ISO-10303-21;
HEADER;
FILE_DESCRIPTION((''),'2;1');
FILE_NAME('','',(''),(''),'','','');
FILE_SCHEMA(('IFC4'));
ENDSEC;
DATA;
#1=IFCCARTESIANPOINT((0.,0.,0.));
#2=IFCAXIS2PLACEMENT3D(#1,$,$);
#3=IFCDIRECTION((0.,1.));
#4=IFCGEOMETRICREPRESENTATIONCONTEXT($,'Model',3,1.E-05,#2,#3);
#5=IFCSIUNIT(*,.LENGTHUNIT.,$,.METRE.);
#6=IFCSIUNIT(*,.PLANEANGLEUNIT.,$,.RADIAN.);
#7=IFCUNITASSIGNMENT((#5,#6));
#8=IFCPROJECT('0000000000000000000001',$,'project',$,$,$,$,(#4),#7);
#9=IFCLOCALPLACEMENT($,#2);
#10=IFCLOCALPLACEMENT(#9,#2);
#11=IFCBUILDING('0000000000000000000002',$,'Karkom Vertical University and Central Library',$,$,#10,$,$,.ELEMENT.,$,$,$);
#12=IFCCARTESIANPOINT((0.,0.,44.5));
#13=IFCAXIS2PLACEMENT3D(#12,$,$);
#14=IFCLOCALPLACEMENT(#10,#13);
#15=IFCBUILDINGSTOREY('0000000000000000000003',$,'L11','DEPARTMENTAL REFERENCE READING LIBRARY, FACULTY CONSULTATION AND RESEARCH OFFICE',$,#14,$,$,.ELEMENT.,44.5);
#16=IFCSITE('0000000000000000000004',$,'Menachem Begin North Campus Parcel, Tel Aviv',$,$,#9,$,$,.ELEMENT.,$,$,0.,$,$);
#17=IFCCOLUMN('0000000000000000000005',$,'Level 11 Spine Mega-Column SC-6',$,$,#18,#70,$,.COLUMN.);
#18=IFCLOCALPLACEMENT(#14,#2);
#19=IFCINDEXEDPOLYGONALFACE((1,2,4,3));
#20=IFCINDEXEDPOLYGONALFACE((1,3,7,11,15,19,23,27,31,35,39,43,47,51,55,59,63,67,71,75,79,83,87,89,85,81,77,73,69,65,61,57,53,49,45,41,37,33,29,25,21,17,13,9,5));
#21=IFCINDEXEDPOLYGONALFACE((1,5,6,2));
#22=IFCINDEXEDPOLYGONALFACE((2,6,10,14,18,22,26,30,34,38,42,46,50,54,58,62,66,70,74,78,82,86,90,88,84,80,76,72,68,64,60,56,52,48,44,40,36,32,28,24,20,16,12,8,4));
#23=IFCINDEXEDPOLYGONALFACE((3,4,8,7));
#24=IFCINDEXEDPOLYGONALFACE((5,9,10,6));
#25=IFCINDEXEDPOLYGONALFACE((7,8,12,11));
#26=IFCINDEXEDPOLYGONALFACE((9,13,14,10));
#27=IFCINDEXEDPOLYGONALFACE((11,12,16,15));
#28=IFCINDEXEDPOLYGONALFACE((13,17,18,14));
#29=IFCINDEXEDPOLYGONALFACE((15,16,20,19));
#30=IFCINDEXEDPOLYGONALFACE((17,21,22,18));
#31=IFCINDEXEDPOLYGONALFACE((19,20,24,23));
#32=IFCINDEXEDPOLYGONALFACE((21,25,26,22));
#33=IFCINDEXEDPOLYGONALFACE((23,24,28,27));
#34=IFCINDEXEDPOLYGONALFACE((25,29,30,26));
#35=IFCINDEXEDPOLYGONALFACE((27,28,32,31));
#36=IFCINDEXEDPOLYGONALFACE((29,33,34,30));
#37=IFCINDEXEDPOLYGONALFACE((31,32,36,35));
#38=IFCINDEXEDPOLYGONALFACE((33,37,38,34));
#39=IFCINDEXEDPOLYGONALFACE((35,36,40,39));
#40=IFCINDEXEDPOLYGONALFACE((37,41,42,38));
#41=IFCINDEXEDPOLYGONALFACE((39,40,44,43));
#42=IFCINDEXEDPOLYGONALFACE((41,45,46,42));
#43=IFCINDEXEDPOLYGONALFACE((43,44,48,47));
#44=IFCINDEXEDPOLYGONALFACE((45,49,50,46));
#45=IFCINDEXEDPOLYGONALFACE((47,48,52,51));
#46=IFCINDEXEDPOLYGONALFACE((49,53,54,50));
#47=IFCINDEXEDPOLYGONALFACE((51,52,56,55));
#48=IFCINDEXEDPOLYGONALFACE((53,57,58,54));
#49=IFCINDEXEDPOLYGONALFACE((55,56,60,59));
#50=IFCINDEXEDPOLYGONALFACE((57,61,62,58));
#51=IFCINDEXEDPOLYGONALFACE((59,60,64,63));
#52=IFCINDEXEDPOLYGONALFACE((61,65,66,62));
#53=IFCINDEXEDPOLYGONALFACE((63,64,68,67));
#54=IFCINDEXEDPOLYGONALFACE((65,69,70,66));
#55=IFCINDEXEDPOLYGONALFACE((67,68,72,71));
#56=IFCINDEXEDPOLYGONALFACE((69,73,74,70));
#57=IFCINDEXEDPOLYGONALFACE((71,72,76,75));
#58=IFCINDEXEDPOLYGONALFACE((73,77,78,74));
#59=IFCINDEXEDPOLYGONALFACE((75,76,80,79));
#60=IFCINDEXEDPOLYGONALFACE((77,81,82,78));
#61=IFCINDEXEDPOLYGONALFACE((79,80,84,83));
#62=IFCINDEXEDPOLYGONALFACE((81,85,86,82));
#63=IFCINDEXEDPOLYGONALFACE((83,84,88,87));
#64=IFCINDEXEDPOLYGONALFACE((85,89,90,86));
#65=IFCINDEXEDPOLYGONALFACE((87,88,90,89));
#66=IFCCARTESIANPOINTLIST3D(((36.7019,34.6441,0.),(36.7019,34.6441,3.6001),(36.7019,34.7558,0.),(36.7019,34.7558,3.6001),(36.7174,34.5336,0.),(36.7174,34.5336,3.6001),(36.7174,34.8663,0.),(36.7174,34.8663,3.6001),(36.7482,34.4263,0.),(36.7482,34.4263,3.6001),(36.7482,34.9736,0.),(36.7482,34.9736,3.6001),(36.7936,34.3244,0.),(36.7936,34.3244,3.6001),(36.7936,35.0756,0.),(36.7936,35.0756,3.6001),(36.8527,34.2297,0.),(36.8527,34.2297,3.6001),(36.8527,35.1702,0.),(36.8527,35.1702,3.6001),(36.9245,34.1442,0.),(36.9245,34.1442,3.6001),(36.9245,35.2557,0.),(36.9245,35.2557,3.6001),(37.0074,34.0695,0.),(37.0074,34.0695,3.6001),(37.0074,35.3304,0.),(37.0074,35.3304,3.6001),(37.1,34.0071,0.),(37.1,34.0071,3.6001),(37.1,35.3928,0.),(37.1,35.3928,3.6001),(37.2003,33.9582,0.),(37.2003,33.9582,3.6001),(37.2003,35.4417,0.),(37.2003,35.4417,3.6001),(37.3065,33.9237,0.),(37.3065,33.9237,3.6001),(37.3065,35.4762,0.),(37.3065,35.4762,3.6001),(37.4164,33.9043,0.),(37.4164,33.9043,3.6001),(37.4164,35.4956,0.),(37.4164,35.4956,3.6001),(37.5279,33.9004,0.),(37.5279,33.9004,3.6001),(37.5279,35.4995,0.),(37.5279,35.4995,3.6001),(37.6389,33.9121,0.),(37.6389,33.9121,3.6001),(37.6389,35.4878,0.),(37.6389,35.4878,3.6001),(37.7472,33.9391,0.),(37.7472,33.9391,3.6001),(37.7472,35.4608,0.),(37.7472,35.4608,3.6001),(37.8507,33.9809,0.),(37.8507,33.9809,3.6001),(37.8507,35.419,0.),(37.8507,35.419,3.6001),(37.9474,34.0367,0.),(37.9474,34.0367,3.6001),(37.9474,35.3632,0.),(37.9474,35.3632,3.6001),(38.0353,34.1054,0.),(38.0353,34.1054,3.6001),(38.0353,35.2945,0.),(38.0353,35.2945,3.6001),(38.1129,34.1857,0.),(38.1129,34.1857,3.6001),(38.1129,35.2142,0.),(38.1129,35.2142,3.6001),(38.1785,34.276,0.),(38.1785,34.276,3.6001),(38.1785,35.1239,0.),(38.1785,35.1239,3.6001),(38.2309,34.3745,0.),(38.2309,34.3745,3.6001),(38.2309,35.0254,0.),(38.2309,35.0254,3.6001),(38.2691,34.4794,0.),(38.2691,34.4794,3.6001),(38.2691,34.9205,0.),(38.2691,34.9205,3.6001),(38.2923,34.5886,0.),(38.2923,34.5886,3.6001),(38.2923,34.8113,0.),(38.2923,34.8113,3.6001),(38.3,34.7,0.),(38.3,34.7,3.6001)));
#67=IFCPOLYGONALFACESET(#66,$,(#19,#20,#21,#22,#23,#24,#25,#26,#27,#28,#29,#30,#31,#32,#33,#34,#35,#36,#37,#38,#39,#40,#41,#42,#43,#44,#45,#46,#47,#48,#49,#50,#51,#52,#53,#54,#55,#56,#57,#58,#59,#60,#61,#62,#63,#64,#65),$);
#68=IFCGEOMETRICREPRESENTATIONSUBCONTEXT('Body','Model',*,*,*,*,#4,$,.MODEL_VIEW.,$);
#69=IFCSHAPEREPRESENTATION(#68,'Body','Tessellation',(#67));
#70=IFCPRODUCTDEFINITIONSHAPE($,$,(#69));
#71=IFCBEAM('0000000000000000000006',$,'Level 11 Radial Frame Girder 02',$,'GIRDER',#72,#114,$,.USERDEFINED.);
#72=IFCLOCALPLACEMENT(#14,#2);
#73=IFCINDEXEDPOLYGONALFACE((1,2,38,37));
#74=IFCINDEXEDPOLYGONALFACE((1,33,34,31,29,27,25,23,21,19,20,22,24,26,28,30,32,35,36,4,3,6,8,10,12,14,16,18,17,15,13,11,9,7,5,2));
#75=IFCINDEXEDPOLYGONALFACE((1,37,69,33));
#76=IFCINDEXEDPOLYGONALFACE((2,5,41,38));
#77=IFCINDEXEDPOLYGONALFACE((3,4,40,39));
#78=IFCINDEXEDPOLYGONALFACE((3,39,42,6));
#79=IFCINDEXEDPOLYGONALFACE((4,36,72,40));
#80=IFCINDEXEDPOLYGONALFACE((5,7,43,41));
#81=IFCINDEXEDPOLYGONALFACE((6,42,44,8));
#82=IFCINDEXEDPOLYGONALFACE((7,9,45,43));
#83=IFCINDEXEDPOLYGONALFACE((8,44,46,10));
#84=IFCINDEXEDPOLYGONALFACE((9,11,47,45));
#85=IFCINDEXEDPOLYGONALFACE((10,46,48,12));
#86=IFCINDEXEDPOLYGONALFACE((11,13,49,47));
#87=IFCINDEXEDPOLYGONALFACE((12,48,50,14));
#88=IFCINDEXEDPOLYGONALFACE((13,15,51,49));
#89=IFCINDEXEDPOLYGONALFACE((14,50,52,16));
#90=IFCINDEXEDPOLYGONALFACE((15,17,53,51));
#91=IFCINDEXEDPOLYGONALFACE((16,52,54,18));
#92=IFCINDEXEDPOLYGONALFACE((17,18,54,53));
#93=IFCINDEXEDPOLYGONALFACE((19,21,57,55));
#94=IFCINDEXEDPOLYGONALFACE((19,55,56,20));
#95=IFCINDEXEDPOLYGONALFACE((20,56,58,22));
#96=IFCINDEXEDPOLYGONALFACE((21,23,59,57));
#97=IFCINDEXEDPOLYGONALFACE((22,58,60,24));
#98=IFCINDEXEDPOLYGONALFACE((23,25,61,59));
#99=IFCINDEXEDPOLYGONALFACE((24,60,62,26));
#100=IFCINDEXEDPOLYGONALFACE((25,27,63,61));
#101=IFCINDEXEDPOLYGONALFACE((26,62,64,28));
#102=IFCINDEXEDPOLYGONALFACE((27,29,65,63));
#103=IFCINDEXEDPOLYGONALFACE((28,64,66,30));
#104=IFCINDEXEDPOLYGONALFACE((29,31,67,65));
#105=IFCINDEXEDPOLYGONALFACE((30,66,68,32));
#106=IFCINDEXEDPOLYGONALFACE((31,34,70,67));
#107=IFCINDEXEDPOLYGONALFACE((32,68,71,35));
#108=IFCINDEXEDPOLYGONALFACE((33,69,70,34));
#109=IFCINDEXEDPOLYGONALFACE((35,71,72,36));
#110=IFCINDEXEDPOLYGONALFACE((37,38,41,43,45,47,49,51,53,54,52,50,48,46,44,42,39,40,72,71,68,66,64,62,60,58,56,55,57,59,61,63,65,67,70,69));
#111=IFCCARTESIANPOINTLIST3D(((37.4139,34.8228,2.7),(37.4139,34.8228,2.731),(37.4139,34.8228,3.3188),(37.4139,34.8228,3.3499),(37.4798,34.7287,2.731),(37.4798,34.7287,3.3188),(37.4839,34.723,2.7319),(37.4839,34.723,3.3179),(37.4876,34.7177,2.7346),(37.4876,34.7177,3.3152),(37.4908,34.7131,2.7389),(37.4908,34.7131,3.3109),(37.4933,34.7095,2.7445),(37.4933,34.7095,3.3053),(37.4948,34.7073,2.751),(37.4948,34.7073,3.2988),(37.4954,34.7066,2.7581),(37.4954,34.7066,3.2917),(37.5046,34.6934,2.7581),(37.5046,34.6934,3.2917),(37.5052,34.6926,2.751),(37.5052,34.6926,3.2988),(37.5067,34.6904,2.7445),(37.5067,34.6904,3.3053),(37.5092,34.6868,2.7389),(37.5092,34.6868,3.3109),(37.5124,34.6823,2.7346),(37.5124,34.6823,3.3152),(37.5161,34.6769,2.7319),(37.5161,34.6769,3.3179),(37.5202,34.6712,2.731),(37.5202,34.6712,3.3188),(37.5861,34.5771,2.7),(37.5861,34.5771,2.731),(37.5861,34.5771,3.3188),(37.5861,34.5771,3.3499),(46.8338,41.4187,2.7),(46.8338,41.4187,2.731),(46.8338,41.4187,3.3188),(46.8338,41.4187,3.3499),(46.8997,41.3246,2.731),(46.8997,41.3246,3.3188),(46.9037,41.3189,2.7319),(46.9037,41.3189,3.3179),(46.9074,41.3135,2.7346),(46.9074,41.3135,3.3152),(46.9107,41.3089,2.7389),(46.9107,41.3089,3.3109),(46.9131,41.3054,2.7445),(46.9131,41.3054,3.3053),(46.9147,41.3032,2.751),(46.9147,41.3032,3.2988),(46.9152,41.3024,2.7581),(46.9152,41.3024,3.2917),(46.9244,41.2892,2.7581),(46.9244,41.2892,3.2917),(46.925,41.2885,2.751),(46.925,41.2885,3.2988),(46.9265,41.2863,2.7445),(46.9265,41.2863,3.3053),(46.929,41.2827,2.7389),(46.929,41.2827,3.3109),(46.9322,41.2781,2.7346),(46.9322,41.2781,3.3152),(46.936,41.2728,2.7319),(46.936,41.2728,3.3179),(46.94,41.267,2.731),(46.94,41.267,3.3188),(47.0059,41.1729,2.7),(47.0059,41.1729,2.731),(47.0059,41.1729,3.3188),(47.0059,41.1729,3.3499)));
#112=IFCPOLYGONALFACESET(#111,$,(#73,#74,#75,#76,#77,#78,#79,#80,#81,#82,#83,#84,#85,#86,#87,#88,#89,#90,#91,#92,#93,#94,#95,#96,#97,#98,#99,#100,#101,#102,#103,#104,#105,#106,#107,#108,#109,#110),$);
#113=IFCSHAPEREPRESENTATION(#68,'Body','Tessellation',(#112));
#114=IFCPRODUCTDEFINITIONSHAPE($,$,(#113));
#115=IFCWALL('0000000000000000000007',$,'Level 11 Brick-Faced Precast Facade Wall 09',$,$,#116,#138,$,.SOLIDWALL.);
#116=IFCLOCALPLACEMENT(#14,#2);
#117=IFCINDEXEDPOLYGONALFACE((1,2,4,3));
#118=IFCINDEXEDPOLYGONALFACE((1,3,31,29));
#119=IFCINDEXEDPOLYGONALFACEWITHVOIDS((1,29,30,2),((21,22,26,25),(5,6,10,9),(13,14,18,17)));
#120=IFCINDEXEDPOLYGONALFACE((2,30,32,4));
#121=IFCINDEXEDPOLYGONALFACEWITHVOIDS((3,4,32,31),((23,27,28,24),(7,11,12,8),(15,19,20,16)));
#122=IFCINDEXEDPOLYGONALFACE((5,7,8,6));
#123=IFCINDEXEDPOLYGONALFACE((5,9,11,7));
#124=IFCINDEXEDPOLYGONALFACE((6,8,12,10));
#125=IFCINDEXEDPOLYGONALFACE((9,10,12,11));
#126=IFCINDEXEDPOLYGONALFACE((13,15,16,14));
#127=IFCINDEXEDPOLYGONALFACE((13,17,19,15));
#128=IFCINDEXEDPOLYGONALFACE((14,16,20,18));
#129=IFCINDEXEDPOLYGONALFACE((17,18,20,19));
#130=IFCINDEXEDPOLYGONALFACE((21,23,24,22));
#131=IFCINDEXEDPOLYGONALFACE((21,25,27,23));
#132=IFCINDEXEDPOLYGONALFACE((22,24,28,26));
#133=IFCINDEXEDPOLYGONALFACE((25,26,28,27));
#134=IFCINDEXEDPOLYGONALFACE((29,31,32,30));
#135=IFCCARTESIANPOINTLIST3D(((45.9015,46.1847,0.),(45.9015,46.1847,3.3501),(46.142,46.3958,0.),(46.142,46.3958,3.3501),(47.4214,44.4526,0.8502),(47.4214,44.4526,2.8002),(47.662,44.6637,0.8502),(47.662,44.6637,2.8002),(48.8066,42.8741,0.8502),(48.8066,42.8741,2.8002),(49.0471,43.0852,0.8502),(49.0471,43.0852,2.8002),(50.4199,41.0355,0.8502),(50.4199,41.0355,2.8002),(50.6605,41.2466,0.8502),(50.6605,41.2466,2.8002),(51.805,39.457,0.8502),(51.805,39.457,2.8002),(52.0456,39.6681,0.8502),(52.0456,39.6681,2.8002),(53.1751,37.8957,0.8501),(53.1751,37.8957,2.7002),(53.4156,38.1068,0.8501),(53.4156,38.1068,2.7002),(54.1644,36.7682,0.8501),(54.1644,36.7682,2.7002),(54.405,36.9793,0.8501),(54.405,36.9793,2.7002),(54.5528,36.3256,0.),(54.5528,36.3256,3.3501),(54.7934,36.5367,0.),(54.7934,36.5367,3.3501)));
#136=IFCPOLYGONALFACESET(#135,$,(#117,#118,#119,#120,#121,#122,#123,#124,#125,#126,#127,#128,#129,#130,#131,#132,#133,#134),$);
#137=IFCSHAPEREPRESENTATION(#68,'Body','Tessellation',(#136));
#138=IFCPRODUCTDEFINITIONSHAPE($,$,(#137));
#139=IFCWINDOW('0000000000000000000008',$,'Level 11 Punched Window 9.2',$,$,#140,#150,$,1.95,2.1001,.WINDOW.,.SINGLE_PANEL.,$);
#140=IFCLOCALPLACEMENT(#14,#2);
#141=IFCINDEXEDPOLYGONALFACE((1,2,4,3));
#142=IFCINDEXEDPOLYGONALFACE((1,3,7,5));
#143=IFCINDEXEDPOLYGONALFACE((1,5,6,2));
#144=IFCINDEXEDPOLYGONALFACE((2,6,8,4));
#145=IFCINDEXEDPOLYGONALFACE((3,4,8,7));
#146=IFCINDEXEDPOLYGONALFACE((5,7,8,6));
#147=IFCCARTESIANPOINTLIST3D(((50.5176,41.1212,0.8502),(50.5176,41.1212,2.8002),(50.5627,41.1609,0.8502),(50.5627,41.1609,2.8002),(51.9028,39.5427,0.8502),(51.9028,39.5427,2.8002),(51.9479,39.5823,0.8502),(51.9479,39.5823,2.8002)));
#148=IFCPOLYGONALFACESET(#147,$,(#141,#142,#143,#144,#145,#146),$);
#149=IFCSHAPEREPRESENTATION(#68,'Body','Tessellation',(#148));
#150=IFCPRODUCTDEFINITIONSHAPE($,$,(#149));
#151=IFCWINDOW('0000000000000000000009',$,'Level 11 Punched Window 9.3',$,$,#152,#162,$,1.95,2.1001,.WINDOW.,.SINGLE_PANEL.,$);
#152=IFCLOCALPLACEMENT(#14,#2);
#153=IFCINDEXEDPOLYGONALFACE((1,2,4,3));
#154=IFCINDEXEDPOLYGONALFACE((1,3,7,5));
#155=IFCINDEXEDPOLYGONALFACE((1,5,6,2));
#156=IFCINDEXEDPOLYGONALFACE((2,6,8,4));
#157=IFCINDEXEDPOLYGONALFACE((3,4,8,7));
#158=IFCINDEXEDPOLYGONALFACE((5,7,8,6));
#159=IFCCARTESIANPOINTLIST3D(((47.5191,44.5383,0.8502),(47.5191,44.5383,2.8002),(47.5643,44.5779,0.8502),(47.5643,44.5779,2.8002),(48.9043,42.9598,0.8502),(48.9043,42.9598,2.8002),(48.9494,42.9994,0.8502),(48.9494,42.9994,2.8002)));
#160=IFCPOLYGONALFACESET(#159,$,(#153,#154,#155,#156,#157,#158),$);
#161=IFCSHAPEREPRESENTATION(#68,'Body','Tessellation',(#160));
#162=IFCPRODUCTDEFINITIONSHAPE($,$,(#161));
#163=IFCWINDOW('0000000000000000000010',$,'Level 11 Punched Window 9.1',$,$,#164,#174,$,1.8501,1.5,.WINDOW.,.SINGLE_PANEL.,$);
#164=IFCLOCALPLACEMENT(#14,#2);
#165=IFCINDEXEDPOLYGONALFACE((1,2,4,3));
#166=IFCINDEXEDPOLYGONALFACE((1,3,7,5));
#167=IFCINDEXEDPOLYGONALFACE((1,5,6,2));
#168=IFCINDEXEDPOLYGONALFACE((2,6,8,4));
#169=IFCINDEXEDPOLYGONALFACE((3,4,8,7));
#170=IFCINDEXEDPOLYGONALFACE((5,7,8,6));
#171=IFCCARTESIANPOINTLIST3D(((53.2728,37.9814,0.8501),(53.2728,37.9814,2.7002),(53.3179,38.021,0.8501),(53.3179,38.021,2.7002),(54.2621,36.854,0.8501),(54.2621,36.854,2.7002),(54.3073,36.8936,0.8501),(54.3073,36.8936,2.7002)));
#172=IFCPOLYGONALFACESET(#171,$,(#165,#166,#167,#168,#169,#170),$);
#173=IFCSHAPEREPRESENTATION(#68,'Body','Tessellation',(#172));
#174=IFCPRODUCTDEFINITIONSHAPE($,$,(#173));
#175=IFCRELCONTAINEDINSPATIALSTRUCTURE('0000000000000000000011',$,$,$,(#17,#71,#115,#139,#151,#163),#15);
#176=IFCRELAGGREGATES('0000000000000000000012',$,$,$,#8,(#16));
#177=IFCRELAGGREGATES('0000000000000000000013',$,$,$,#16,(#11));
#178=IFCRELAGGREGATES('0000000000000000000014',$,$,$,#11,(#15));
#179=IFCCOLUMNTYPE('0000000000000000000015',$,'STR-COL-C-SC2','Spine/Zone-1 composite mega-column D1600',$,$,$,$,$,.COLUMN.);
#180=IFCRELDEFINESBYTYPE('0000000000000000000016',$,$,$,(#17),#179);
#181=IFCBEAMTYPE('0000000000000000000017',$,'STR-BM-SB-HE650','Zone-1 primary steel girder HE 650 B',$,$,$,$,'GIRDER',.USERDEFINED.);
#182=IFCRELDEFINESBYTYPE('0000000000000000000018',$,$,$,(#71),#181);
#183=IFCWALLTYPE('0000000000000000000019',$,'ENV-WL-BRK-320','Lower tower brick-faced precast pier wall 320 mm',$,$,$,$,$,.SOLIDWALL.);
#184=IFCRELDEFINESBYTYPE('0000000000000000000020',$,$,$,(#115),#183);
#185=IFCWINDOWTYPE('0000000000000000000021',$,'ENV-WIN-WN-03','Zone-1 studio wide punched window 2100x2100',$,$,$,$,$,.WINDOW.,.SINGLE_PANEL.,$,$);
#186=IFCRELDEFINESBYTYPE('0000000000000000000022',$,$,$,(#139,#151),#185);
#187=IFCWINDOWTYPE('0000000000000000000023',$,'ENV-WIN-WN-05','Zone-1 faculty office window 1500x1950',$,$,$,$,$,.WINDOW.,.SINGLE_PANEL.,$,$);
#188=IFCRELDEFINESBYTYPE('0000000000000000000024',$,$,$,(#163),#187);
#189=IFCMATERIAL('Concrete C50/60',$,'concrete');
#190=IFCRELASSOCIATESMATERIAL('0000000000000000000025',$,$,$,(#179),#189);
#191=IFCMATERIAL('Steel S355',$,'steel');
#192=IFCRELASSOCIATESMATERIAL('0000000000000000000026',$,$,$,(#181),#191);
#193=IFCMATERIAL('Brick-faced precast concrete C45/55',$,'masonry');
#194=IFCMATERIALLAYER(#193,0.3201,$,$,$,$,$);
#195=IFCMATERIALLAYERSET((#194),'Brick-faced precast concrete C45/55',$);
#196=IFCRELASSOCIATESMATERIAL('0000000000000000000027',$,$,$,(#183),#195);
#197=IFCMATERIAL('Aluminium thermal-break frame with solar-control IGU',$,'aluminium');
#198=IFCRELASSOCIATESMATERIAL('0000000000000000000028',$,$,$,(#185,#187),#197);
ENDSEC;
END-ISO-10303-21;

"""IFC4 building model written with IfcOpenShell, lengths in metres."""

from ifc_helpers import new_model, si_unit, direction, frame, frame_2d, origin, origin_with_axes, origin_2d, place, context, subcontext, project, spatial, rectangle, circle, i_section, extrude, source, transform, mapped, material, layer, layer_set, material_profile, profile_set, type_object, element, fill, save


model = new_model("IFC4")

# Units and contexts
model_context = context("Model", 3, precision=1e-05, world=origin(), true_north=direction((0.0, 1.0)))
body_context = subcontext(model_context, "Body", "Model", "MODEL_VIEW")
ifc_project = project(units=[si_unit("LENGTHUNIT", "METRE"), si_unit("PLANEANGLEUNIT", "RADIAN")], contexts=[model_context])

# Site, building, storey
site_placement = place(None, origin())
site = spatial("IfcSite", under=ifc_project, at=site_placement, Name="Menachem Begin North Campus Parcel, Tel Aviv", CompositionType="ELEMENT", RefElevation=0.0)
building_placement = place(site_placement, origin())
building = spatial("IfcBuilding", under=site, at=building_placement, Name="Karkom Vertical University and Central Library", CompositionType="ELEMENT")
storey_placement = place(building_placement, frame((0.0, 0.0, 44.5)))
storey = spatial("IfcBuildingStorey", under=building, at=storey_placement, Name="L11", Description="DEPARTMENTAL REFERENCE READING LIBRARY, FACULTY CONSULTATION AND RESEARCH OFFICE", CompositionType="ELEMENT", Elevation=44.5)

# Column
ifc_material_1 = material(Name="Concrete C50/60", Category="concrete")
ifc_material_profile_1 = material_profile(ifc_material_1, circle(Radius=0.8, at=origin_2d()), Name="CFT-D1600")
ifc_profile_set_1 = profile_set([ifc_material_profile_1], Name="Concrete C50/60")
column_type = type_object("IfcColumnType", Name="STR-COL-C-SC2", Description="Spine/Zone-1 composite mega-column D1600", PredefinedType="COLUMN", material=ifc_profile_set_1)
shared_shape_1 = source(origin_with_axes(), body_context, "Body", "SweptSolid", [
    extrude(circle(Radius=0.8, at=origin_2d()), origin(), (0.0, 0.0, 1.0), 3.6001),
])
column_placement = place(storey_placement, frame((37.5, 34.7, 0.0), z_axis=(0.0, 0.0, 1.0), x_axis=(1.0, 0.0, 0.0)))
element("IfcColumn", 1, at=column_placement, inside=storey, type_object=column_type, Name="Level 11 Spine Mega-Column SC-6", PredefinedType="COLUMN", context=body_context, shape_type="MappedRepresentation", body=[
    mapped(shared_shape_1, transform((0.0, 0.0, 0.0), scale=1.0)),
])

# Beam
ifc_material_2 = material(Name="Steel S355", Category="steel")
ifc_material_profile_2 = material_profile(ifc_material_2, i_section(OverallWidth=0.3, OverallDepth=0.6499, WebThickness=0.0161, FlangeThickness=0.031, FilletRadius=0.0271, at=origin_2d()), Name="HE 650 B")
ifc_profile_set_2 = profile_set([ifc_material_profile_2], Name="Steel S355")
beam_type = type_object("IfcBeamType", Name="STR-BM-SB-HE650", Description="Zone-1 primary steel girder HE 650 B", ElementType="GIRDER", PredefinedType="USERDEFINED", material=ifc_profile_set_2)
shared_shape_2 = source(origin_with_axes(), body_context, "Body", "SweptSolid", [
    extrude(i_section(OverallWidth=0.3, OverallDepth=0.6499, WebThickness=0.0161, FlangeThickness=0.031, FilletRadius=0.0271, at=origin_2d()), origin(), (0.0, 0.0, 1.0), 11.4995),
])
beam_placement = place(storey_placement, frame((37.5, 34.7, 3.0249), z_axis=(0.81915, 0.573579, 0.0), x_axis=(-0.573579, 0.81915, 0.0)))
element("IfcBeam", 2, at=beam_placement, inside=storey, type_object=beam_type, Name="Level 11 Radial Frame Girder 02", ObjectType="GIRDER", PredefinedType="USERDEFINED", context=body_context, shape_type="MappedRepresentation", body=[
    mapped(shared_shape_2, transform((0.0, 0.0, 0.0), scale=1.0)),
])

# Wall, openings, windows
ifc_material_3 = material(Name="Brick-faced precast concrete C45/55", Category="masonry")
ifc_layer_1 = layer(ifc_material_3, 0.3201)
ifc_layer_set_1 = layer_set([ifc_layer_1], Name="Brick-faced precast concrete C45/55")
wall_type_1 = type_object("IfcWallType", Name="ENV-WL-BRK-320", Description="Lower tower brick-faced precast pier wall 320 mm", PredefinedType="SOLIDWALL", material=ifc_layer_set_1)
wall_1_placement = place(storey_placement, frame((54.6731, 36.4312, 0.0), z_axis=(0.0, 0.0, 1.0), x_axis=(-0.659567, 0.751645, 0.0)))
wall_1 = element("IfcWall", 3, at=wall_1_placement, inside=storey, type_object=wall_type_1, Name="Level 11 Brick-Faced Precast Facade Wall 09", PredefinedType="SOLIDWALL", context=body_context, shape_type="SweptSolid", body=[
    extrude(rectangle(XDim=13.1167, YDim=0.3201, at=frame_2d((6.5583, 0.0))), origin(), (0.0, 0.0, 1.0), 3.3501),
])
opening_1_placement = place(wall_1_placement, frame((0.5889, 0.0, 0.8501)))
opening_1 = element("IfcOpeningElement", 4, at=opening_1_placement, cuts=wall_1, PredefinedType="OPENING", context=body_context, shape_type="SweptSolid", body=[
    extrude(rectangle(XDim=1.5, YDim=1.8501, at=frame_2d((0.75, 0.925))), frame((0.0, 0.1699, 0.0), z_axis=(0.0, -1.0, 0.0), x_axis=(1.0, 0.0, 0.0)), (0.0, 0.0, 1.0), 0.3401),
])
opening_2_placement = place(wall_1_placement, frame((4.166, 0.0, 0.8501)))
opening_2 = element("IfcOpeningElement", 5, at=opening_2_placement, cuts=wall_1, PredefinedType="OPENING", context=body_context, shape_type="SweptSolid", body=[
    extrude(rectangle(XDim=2.1001, YDim=1.95, at=frame_2d((1.05, 0.9751))), frame((0.0, 0.1699, 0.0), z_axis=(0.0, -1.0, 0.0), x_axis=(1.0, 0.0, 0.0)), (0.0, 0.0, 1.0), 0.3401),
])
opening_3_placement = place(wall_1_placement, frame((8.7122, 0.0, 0.8501)))
opening_3 = element("IfcOpeningElement", 6, at=opening_3_placement, cuts=wall_1, PredefinedType="OPENING", context=body_context, shape_type="SweptSolid", body=[
    extrude(rectangle(XDim=2.1001, YDim=1.95, at=frame_2d((1.05, 0.9751))), frame((0.0, 0.1699, 0.0), z_axis=(0.0, -1.0, 0.0), x_axis=(1.0, 0.0, 0.0)), (0.0, 0.0, 1.0), 0.3401),
])
ifc_material_4 = material(Name="Aluminium thermal-break frame with solar-control IGU", Category="aluminium")
window_type_1 = type_object("IfcWindowType", Name="ENV-WIN-WN-03", Description="Zone-1 studio wide punched window 2100x2100", PartitioningType="SINGLE_PANEL", PredefinedType="WINDOW", material=ifc_material_4)
shared_shape_3 = source(origin_with_axes(), body_context, "Body", "SweptSolid", [
    extrude(rectangle(XDim=2.1001, YDim=1.95, at=frame_2d((1.05, 0.9751))), frame((0.0, 0.03, 0.0), z_axis=(0.0, -1.0, 0.0), x_axis=(1.0, 0.0, 0.0)), (0.0, 0.0, 1.0), 0.0601),
])
window_1_placement = place(opening_2_placement, origin())
window_1 = element("IfcWindow", 7, at=window_1_placement, inside=storey, type_object=window_type_1, Name="Level 11 Punched Window 9.2", OverallHeight=1.95, OverallWidth=2.1001, PartitioningType="SINGLE_PANEL", PredefinedType="WINDOW", context=body_context, shape_type="MappedRepresentation", body=[
    mapped(shared_shape_3, transform((0.0, 0.0, 0.0), scale=1.0)),
])
fill(opening_2, window_1)
window_2_placement = place(opening_3_placement, origin())
window_2 = element("IfcWindow", 8, at=window_2_placement, inside=storey, type_object=window_type_1, Name="Level 11 Punched Window 9.3", OverallHeight=1.95, OverallWidth=2.1001, PartitioningType="SINGLE_PANEL", PredefinedType="WINDOW", context=body_context, shape_type="MappedRepresentation", body=[
    mapped(shared_shape_3, transform((0.0, 0.0, 0.0), scale=1.0)),
])
fill(opening_3, window_2)
window_type_2 = type_object("IfcWindowType", Name="ENV-WIN-WN-05", Description="Zone-1 faculty office window 1500x1950", PartitioningType="SINGLE_PANEL", PredefinedType="WINDOW", material=ifc_material_4)
shared_shape_4 = source(origin_with_axes(), body_context, "Body", "SweptSolid", [
    extrude(rectangle(XDim=1.5, YDim=1.8501, at=frame_2d((0.75, 0.925))), frame((0.0, 0.03, 0.0), z_axis=(0.0, -1.0, 0.0), x_axis=(1.0, 0.0, 0.0)), (0.0, 0.0, 1.0), 0.0601),
])
window_3_placement = place(opening_1_placement, origin())
window_3 = element("IfcWindow", 9, at=window_3_placement, inside=storey, type_object=window_type_2, Name="Level 11 Punched Window 9.1", OverallHeight=1.8501, OverallWidth=1.5, PartitioningType="SINGLE_PANEL", PredefinedType="WINDOW", context=body_context, shape_type="MappedRepresentation", body=[
    mapped(shared_shape_4, transform((0.0, 0.0, 0.0), scale=1.0)),
])
fill(opening_1, window_3)

save(model, "model.ifc")
